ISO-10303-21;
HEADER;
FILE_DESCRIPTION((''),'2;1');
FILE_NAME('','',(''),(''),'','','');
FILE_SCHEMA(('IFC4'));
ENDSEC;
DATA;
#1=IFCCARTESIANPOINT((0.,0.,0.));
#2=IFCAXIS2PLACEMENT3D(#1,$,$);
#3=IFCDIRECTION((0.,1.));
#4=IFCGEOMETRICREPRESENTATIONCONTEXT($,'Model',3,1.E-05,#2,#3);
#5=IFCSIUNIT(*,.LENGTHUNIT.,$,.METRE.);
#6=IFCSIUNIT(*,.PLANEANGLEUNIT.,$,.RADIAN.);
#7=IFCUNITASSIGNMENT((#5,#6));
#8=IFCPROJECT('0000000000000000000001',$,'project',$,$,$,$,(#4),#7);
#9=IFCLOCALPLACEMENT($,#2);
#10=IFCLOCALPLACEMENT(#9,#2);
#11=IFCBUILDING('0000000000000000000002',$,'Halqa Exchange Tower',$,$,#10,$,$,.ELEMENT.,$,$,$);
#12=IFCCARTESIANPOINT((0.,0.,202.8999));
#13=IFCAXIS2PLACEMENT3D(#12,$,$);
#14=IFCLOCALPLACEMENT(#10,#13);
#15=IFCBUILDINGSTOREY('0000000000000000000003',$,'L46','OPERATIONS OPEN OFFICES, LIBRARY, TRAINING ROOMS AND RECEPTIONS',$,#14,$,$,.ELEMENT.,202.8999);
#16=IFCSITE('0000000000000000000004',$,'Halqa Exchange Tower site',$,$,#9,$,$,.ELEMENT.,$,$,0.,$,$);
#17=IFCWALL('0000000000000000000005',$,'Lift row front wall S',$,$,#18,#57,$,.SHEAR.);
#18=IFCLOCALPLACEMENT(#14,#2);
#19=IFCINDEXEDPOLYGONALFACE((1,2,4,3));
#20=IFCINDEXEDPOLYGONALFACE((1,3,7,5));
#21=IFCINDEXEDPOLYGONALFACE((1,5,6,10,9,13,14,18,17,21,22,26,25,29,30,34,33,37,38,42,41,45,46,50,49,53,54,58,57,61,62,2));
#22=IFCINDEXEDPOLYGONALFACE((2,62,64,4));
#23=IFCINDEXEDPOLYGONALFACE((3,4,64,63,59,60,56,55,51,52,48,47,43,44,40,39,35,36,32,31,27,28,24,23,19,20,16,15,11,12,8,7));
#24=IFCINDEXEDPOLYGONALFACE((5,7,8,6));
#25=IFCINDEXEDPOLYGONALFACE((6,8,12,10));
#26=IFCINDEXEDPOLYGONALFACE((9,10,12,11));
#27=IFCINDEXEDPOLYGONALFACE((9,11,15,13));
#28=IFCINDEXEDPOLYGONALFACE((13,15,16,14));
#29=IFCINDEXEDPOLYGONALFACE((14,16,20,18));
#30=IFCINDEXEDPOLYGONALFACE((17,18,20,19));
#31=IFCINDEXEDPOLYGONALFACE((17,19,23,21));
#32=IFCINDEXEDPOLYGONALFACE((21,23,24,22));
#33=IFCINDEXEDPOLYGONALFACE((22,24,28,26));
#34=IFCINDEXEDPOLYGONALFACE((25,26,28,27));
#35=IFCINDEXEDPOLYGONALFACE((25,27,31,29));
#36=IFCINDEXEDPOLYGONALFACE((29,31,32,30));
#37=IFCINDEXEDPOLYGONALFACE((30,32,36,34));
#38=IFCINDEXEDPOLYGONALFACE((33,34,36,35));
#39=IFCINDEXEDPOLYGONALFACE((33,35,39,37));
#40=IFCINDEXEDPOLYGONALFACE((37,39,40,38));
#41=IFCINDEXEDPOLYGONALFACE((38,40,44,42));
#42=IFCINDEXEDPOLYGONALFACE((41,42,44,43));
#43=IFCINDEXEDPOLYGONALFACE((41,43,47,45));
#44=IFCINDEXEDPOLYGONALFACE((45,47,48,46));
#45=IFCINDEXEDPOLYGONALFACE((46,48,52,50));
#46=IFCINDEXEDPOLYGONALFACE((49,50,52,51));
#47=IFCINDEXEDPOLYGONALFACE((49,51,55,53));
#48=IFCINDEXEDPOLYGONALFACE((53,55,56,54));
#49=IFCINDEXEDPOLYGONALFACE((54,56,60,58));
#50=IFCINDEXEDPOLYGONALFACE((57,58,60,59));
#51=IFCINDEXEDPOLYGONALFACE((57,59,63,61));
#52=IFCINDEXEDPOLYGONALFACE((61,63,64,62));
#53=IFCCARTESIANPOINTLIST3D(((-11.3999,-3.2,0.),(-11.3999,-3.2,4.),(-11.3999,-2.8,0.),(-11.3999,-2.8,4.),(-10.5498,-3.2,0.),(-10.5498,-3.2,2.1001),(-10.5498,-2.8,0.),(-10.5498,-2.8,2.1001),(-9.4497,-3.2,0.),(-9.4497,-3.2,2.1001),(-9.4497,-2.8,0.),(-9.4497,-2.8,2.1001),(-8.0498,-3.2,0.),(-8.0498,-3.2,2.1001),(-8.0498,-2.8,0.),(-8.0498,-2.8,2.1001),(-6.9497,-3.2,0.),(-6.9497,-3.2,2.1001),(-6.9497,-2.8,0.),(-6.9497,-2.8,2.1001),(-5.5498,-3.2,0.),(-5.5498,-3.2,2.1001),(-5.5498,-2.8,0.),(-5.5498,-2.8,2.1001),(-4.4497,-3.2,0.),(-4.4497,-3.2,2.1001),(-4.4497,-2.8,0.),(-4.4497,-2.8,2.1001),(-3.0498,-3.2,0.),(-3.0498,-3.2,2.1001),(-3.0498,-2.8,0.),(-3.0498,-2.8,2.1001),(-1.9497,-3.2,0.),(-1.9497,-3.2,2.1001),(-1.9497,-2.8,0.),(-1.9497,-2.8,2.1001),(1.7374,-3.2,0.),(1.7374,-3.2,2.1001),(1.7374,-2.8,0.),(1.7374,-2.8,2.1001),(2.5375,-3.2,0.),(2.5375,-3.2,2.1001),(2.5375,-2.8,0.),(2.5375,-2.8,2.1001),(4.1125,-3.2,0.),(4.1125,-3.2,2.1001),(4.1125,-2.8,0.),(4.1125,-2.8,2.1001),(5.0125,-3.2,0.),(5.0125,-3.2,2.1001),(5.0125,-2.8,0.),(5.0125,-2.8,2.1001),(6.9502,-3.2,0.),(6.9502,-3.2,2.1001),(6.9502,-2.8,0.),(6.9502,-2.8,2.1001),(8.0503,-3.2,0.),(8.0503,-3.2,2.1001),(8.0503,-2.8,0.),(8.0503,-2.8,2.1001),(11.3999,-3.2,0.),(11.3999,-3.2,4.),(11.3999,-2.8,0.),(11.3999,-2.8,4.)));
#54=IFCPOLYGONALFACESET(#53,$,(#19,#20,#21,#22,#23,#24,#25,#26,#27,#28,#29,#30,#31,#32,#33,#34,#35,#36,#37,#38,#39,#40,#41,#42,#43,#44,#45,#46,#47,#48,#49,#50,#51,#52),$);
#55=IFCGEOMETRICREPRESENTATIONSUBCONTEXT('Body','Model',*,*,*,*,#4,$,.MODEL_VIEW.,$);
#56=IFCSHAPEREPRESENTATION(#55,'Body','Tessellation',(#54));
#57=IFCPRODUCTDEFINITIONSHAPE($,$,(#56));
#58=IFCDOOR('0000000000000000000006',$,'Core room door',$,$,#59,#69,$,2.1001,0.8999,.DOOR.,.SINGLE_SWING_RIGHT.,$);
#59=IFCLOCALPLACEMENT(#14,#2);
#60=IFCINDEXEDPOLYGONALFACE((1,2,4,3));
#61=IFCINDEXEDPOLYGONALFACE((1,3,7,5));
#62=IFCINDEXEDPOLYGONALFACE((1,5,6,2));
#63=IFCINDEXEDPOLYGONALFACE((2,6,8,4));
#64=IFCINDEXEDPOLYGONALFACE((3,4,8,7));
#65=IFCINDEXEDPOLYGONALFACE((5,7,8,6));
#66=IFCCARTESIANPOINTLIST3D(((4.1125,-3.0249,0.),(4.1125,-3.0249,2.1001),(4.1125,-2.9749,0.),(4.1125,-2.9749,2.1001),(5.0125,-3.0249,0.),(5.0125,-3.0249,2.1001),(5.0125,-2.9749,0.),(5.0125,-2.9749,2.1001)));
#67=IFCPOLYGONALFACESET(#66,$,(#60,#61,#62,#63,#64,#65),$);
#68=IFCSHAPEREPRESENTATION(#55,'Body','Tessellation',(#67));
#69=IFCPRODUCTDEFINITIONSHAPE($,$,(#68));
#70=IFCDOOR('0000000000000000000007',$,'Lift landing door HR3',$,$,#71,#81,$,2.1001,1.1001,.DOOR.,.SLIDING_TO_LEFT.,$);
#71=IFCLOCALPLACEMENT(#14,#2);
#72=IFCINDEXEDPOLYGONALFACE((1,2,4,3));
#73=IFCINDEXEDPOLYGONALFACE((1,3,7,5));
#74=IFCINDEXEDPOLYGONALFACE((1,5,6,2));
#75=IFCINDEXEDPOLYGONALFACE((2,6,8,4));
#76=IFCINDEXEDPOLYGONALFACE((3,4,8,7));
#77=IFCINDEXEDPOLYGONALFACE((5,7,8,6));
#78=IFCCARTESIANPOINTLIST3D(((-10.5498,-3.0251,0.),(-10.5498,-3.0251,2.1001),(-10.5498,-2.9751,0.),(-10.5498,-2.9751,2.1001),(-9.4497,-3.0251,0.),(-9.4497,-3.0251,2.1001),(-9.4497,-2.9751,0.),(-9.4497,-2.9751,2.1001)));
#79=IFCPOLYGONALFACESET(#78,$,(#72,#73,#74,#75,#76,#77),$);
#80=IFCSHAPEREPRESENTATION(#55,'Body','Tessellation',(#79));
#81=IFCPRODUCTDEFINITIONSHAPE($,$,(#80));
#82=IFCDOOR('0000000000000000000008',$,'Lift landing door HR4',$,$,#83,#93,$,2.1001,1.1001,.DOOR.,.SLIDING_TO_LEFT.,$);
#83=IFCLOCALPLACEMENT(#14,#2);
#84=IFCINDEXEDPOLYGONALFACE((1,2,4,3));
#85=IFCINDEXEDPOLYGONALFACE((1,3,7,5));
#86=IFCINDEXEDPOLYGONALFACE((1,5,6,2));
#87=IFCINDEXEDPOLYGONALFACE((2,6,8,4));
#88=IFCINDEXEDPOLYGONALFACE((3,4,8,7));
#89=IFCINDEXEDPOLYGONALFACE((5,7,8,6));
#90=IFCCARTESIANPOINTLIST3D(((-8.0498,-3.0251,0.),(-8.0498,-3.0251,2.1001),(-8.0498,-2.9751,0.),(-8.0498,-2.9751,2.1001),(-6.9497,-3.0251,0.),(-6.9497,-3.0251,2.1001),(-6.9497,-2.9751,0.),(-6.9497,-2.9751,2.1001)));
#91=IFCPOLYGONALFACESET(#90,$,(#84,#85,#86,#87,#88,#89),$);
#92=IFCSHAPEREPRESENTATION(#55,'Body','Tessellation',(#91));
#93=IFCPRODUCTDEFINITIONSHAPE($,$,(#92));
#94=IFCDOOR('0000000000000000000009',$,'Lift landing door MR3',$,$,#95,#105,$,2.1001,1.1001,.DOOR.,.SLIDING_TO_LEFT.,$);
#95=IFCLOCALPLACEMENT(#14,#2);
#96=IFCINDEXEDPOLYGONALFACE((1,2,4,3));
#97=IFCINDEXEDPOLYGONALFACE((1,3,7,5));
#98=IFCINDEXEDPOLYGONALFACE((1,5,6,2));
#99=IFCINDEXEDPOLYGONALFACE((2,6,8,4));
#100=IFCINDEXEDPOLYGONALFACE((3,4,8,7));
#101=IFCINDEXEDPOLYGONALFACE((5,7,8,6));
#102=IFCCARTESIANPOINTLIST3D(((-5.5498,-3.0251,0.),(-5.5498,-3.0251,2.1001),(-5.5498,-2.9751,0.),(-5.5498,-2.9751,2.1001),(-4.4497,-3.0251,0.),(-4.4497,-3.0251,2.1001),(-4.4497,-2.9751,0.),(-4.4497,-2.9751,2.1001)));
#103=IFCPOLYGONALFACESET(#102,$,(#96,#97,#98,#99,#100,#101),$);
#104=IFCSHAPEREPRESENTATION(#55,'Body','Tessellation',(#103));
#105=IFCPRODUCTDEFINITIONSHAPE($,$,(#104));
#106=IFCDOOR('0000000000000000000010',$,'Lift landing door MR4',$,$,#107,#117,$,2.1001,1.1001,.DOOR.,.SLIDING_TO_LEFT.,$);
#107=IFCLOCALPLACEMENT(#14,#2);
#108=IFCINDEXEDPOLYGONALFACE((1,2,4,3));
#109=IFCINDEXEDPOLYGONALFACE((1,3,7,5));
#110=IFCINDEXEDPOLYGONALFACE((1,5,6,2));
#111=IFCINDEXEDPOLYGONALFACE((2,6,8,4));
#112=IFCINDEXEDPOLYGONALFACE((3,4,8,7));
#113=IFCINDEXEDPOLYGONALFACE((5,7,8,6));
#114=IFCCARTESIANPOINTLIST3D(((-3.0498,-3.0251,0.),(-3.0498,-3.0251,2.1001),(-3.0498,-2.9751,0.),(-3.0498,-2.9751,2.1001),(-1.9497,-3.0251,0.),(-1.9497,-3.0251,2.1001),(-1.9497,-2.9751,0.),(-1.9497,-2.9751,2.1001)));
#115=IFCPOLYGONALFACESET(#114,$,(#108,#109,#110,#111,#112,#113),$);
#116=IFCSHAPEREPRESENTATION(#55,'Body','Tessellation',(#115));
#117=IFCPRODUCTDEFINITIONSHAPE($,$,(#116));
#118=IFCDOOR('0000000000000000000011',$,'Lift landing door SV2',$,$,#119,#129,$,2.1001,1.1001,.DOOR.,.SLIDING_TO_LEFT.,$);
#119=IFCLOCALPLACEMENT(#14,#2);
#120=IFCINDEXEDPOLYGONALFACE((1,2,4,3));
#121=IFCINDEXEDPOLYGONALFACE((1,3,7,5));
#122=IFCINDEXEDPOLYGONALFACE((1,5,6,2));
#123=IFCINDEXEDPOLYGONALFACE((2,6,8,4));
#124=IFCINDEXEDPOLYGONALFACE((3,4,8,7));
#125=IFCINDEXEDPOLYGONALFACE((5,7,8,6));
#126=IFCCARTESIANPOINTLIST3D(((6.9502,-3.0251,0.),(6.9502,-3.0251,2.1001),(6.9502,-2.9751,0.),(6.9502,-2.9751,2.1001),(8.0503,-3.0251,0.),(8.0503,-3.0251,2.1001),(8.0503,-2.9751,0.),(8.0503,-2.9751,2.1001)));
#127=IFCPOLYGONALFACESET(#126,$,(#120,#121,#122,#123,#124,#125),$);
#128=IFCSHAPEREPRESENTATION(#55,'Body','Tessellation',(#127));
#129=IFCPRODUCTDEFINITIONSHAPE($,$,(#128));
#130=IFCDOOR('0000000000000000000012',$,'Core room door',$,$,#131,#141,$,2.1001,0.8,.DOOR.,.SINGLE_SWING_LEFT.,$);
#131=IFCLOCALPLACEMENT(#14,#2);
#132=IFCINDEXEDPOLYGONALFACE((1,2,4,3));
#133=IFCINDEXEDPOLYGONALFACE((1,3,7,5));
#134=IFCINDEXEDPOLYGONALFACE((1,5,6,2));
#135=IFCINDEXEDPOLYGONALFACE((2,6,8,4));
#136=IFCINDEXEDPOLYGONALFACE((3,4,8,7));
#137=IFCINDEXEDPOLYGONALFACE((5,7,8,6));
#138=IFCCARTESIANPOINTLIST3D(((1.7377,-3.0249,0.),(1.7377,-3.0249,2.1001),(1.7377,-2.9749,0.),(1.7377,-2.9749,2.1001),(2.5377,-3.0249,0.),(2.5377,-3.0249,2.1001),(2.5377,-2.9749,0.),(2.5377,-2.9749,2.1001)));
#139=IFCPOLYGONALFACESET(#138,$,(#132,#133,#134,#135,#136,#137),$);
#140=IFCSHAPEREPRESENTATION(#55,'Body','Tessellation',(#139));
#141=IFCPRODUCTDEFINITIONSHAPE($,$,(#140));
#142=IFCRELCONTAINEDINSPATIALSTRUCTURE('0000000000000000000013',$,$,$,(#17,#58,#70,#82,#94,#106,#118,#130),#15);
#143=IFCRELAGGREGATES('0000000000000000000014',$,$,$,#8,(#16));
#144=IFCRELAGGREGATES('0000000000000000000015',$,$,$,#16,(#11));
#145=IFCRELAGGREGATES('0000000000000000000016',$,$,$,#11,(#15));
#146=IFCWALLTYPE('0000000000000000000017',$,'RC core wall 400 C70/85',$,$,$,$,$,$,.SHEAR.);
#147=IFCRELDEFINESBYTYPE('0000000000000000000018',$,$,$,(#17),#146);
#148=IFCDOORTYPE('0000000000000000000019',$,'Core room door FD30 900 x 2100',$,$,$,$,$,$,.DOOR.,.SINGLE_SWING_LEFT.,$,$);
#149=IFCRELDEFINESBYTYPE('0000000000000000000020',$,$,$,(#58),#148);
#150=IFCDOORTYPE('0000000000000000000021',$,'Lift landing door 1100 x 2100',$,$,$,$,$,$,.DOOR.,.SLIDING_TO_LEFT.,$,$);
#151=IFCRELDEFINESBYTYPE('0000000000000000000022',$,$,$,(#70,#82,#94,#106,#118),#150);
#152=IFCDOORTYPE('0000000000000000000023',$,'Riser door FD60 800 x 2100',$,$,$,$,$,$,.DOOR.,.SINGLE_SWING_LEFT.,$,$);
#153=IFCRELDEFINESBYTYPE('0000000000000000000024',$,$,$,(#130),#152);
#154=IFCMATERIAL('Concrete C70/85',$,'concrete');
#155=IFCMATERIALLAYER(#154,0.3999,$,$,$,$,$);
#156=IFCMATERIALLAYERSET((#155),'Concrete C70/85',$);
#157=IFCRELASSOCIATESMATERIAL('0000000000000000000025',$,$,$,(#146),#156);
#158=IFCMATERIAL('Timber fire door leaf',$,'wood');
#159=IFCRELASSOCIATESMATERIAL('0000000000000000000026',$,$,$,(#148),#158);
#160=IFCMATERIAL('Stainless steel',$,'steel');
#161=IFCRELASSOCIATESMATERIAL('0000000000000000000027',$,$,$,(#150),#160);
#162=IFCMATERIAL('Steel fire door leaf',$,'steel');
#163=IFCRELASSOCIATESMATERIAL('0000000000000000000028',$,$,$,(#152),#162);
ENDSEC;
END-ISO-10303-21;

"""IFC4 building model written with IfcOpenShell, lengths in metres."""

from ifc_helpers import new_model, si_unit, direction, frame, frame_2d, origin, place, context, subcontext, project, spatial, rectangle, extrude, material, layer, layer_set, type_object, element, fill, save


model = new_model("IFC4")

# Units and contexts
model_context = context("Model", 3, precision=1e-05, world=origin(), true_north=direction((0.0, 1.0)))
body_context = subcontext(model_context, "Body", "Model", "MODEL_VIEW")
ifc_project = project(units=[si_unit("LENGTHUNIT", "METRE"), si_unit("PLANEANGLEUNIT", "RADIAN")], contexts=[model_context])

# Site, building, storey
site_placement = place(None, origin())
site = spatial("IfcSite", under=ifc_project, at=site_placement, Name="Halqa Exchange Tower site", CompositionType="ELEMENT", RefElevation=0.0)
building_placement = place(site_placement, origin())
building = spatial("IfcBuilding", under=site, at=building_placement, Name="Halqa Exchange Tower", CompositionType="ELEMENT")
storey_placement = place(building_placement, frame((0.0, 0.0, 202.8999)))
storey = spatial("IfcBuildingStorey", under=building, at=storey_placement, Name="L46", Description="OPERATIONS OPEN OFFICES, LIBRARY, TRAINING ROOMS AND RECEPTIONS", CompositionType="ELEMENT", Elevation=202.8999)

# Wall, openings, doors
ifc_material_1 = material(Name="Concrete C70/85", Category="concrete")
ifc_layer_1 = layer(ifc_material_1, 0.3999)
ifc_layer_set_1 = layer_set([ifc_layer_1], Name="Concrete C70/85")
wall_type_1 = type_object("IfcWallType", Name="RC core wall 400 C70/85", PredefinedType="SHEAR", material=ifc_layer_set_1)
wall_1_placement = place(storey_placement, frame((-11.3999, -3.0, 0.0), z_axis=(0.0, 0.0, 1.0), x_axis=(1.0, 0.0, 0.0)))
wall_1 = element("IfcWall", 1, at=wall_1_placement, inside=storey, type_object=wall_type_1, Name="Lift row front wall S", PredefinedType="SHEAR", context=body_context, shape_type="SweptSolid", body=[
    extrude(rectangle(XDim=22.7998, YDim=0.3999, at=frame_2d((11.3999, 0.0))), origin(), (0.0, 0.0, 1.0), 4.0),
])
opening_1_placement = place(wall_1_placement, frame((0.8501, 0.0, 0.0)))
opening_1 = element("IfcOpeningElement", 2, at=opening_1_placement, cuts=wall_1, PredefinedType="OPENING", context=body_context, shape_type="SweptSolid", body=[
    extrude(rectangle(XDim=1.1001, YDim=2.1001, at=frame_2d((0.55, 1.05))), frame((0.0, 0.2119, 0.0), z_axis=(0.0, -1.0, 0.0), x_axis=(1.0, 0.0, 0.0)), (0.0, 0.0, 1.0), 0.4238),
])
opening_2_placement = place(wall_1_placement, frame((3.3501, 0.0, 0.0)))
opening_2 = element("IfcOpeningElement", 3, at=opening_2_placement, cuts=wall_1, PredefinedType="OPENING", context=body_context, shape_type="SweptSolid", body=[
    extrude(rectangle(XDim=1.1001, YDim=2.1001, at=frame_2d((0.55, 1.05))), frame((0.0, 0.2119, 0.0), z_axis=(0.0, -1.0, 0.0), x_axis=(1.0, 0.0, 0.0)), (0.0, 0.0, 1.0), 0.4238),
])
opening_3_placement = place(wall_1_placement, frame((5.8501, 0.0, 0.0)))
opening_3 = element("IfcOpeningElement", 4, at=opening_3_placement, cuts=wall_1, PredefinedType="OPENING", context=body_context, shape_type="SweptSolid", body=[
    extrude(rectangle(XDim=1.1001, YDim=2.1001, at=frame_2d((0.55, 1.05))), frame((0.0, 0.2119, 0.0), z_axis=(0.0, -1.0, 0.0), x_axis=(1.0, 0.0, 0.0)), (0.0, 0.0, 1.0), 0.4238),
])
opening_4_placement = place(wall_1_placement, frame((8.3501, 0.0, 0.0)))
opening_4 = element("IfcOpeningElement", 5, at=opening_4_placement, cuts=wall_1, PredefinedType="OPENING", context=body_context, shape_type="SweptSolid", body=[
    extrude(rectangle(XDim=1.1001, YDim=2.1001, at=frame_2d((0.55, 1.05))), frame((0.0, 0.2119, 0.0), z_axis=(0.0, -1.0, 0.0), x_axis=(1.0, 0.0, 0.0)), (0.0, 0.0, 1.0), 0.4238),
])
opening_5_placement = place(wall_1_placement, frame((18.3501, 0.0, 0.0)))
opening_5 = element("IfcOpeningElement", 6, at=opening_5_placement, cuts=wall_1, PredefinedType="OPENING", context=body_context, shape_type="SweptSolid", body=[
    extrude(rectangle(XDim=1.1001, YDim=2.1001, at=frame_2d((0.55, 1.05))), frame((0.0, 0.2119, 0.0), z_axis=(0.0, -1.0, 0.0), x_axis=(1.0, 0.0, 0.0)), (0.0, 0.0, 1.0), 0.4238),
])
opening_6_placement = place(wall_1_placement, frame((13.1375, 0.0, 0.0)))
opening_6 = element("IfcOpeningElement", 7, at=opening_6_placement, cuts=wall_1, PredefinedType="OPENING", context=body_context, shape_type="SweptSolid", body=[
    extrude(rectangle(XDim=0.8, YDim=2.1001, at=frame_2d((0.3999, 1.05))), frame((0.0, 0.2119, 0.0), z_axis=(0.0, -1.0, 0.0), x_axis=(1.0, 0.0, 0.0)), (0.0, 0.0, 1.0), 0.4238),
])
opening_7_placement = place(wall_1_placement, frame((15.5125, 0.0, 0.0)))
opening_7 = element("IfcOpeningElement", 8, at=opening_7_placement, cuts=wall_1, PredefinedType="OPENING", context=body_context, shape_type="SweptSolid", body=[
    extrude(rectangle(XDim=0.8999, YDim=2.1001, at=frame_2d((0.45, 1.05))), frame((0.0, 0.2119, 0.0), z_axis=(0.0, -1.0, 0.0), x_axis=(1.0, 0.0, 0.0)), (0.0, 0.0, 1.0), 0.4238),
])
ifc_material_2 = material(Name="Timber fire door leaf", Category="wood")
door_type_1 = type_object("IfcDoorType", Name="Core room door FD30 900 x 2100", OperationType="SINGLE_SWING_LEFT", PredefinedType="DOOR", material=ifc_material_2)
door_1_placement = place(opening_7_placement, frame((0.8999, 0.0, 0.0), z_axis=(0.0, 0.0, 1.0), x_axis=(-1.0, 0.0, 0.0)))
door_1 = element("IfcDoor", 9, at=door_1_placement, inside=storey, type_object=door_type_1, Name="Core room door", OperationType="SINGLE_SWING_RIGHT", OverallHeight=2.1001, OverallWidth=0.8999, PredefinedType="DOOR", context=body_context, shape_type="SweptSolid", body=[
    extrude(rectangle(XDim=0.8999, YDim=2.1001, at=frame_2d((0.45, 1.05))), frame((0.0, 0.0249, 0.0), z_axis=(0.0, -1.0, 0.0), x_axis=(1.0, 0.0, 0.0)), (0.0, 0.0, 1.0), 0.05),
])
fill(opening_7, door_1)
ifc_material_3 = material(Name="Stainless steel", Category="steel")
door_type_2 = type_object("IfcDoorType", Name="Lift landing door 1100 x 2100", OperationType="SLIDING_TO_LEFT", PredefinedType="DOOR", material=ifc_material_3)
door_2_placement = place(opening_1_placement, origin())
door_2 = element("IfcDoor", 10, at=door_2_placement, inside=storey, type_object=door_type_2, Name="Lift landing door HR3", OperationType="SLIDING_TO_LEFT", OverallHeight=2.1001, OverallWidth=1.1001, PredefinedType="DOOR", context=body_context, shape_type="SweptSolid", body=[
    extrude(rectangle(XDim=1.1001, YDim=2.1001, at=frame_2d((0.55, 1.05))), frame((0.0, 0.0249, 0.0), z_axis=(0.0, -1.0, 0.0), x_axis=(1.0, 0.0, 0.0)), (0.0, 0.0, 1.0), 0.05),
])
fill(opening_1, door_2)
door_3_placement = place(opening_2_placement, origin())
door_3 = element("IfcDoor", 11, at=door_3_placement, inside=storey, type_object=door_type_2, Name="Lift landing door HR4", OperationType="SLIDING_TO_LEFT", OverallHeight=2.1001, OverallWidth=1.1001, PredefinedType="DOOR", context=body_context, shape_type="SweptSolid", body=[
    extrude(rectangle(XDim=1.1001, YDim=2.1001, at=frame_2d((0.55, 1.05))), frame((0.0, 0.0249, 0.0), z_axis=(0.0, -1.0, 0.0), x_axis=(1.0, 0.0, 0.0)), (0.0, 0.0, 1.0), 0.05),
])
fill(opening_2, door_3)
door_4_placement = place(opening_3_placement, origin())
door_4 = element("IfcDoor", 12, at=door_4_placement, inside=storey, type_object=door_type_2, Name="Lift landing door MR3", OperationType="SLIDING_TO_LEFT", OverallHeight=2.1001, OverallWidth=1.1001, PredefinedType="DOOR", context=body_context, shape_type="SweptSolid", body=[
    extrude(rectangle(XDim=1.1001, YDim=2.1001, at=frame_2d((0.55, 1.05))), frame((0.0, 0.0249, 0.0), z_axis=(0.0, -1.0, 0.0), x_axis=(1.0, 0.0, 0.0)), (0.0, 0.0, 1.0), 0.05),
])
fill(opening_3, door_4)
door_5_placement = place(opening_4_placement, origin())
door_5 = element("IfcDoor", 13, at=door_5_placement, inside=storey, type_object=door_type_2, Name="Lift landing door MR4", OperationType="SLIDING_TO_LEFT", OverallHeight=2.1001, OverallWidth=1.1001, PredefinedType="DOOR", context=body_context, shape_type="SweptSolid", body=[
    extrude(rectangle(XDim=1.1001, YDim=2.1001, at=frame_2d((0.55, 1.05))), frame((0.0, 0.0249, 0.0), z_axis=(0.0, -1.0, 0.0), x_axis=(1.0, 0.0, 0.0)), (0.0, 0.0, 1.0), 0.05),
])
fill(opening_4, door_5)
door_6_placement = place(opening_5_placement, origin())
door_6 = element("IfcDoor", 14, at=door_6_placement, inside=storey, type_object=door_type_2, Name="Lift landing door SV2", OperationType="SLIDING_TO_LEFT", OverallHeight=2.1001, OverallWidth=1.1001, PredefinedType="DOOR", context=body_context, shape_type="SweptSolid", body=[
    extrude(rectangle(XDim=1.1001, YDim=2.1001, at=frame_2d((0.55, 1.05))), frame((0.0, 0.0249, 0.0), z_axis=(0.0, -1.0, 0.0), x_axis=(1.0, 0.0, 0.0)), (0.0, 0.0, 1.0), 0.05),
])
fill(opening_5, door_6)
ifc_material_4 = material(Name="Steel fire door leaf", Category="steel")
door_type_3 = type_object("IfcDoorType", Name="Riser door FD60 800 x 2100", OperationType="SINGLE_SWING_LEFT", PredefinedType="DOOR", material=ifc_material_4)
door_7_placement = place(opening_6_placement, frame((0.8, 0.0, 0.0), z_axis=(0.0, 0.0, 1.0), x_axis=(-1.0, 0.0, 0.0)))
door_7 = element("IfcDoor", 15, at=door_7_placement, inside=storey, type_object=door_type_3, Name="Core room door", OperationType="SINGLE_SWING_LEFT", OverallHeight=2.1001, OverallWidth=0.8, PredefinedType="DOOR", context=body_context, shape_type="SweptSolid", body=[
    extrude(rectangle(XDim=0.8, YDim=2.1001, at=frame_2d((0.3999, 1.05))), frame((0.0, 0.0249, 0.0), z_axis=(0.0, -1.0, 0.0), x_axis=(1.0, 0.0, 0.0)), (0.0, 0.0, 1.0), 0.05),
])
fill(opening_6, door_7)

save(model, "model.ifc")
